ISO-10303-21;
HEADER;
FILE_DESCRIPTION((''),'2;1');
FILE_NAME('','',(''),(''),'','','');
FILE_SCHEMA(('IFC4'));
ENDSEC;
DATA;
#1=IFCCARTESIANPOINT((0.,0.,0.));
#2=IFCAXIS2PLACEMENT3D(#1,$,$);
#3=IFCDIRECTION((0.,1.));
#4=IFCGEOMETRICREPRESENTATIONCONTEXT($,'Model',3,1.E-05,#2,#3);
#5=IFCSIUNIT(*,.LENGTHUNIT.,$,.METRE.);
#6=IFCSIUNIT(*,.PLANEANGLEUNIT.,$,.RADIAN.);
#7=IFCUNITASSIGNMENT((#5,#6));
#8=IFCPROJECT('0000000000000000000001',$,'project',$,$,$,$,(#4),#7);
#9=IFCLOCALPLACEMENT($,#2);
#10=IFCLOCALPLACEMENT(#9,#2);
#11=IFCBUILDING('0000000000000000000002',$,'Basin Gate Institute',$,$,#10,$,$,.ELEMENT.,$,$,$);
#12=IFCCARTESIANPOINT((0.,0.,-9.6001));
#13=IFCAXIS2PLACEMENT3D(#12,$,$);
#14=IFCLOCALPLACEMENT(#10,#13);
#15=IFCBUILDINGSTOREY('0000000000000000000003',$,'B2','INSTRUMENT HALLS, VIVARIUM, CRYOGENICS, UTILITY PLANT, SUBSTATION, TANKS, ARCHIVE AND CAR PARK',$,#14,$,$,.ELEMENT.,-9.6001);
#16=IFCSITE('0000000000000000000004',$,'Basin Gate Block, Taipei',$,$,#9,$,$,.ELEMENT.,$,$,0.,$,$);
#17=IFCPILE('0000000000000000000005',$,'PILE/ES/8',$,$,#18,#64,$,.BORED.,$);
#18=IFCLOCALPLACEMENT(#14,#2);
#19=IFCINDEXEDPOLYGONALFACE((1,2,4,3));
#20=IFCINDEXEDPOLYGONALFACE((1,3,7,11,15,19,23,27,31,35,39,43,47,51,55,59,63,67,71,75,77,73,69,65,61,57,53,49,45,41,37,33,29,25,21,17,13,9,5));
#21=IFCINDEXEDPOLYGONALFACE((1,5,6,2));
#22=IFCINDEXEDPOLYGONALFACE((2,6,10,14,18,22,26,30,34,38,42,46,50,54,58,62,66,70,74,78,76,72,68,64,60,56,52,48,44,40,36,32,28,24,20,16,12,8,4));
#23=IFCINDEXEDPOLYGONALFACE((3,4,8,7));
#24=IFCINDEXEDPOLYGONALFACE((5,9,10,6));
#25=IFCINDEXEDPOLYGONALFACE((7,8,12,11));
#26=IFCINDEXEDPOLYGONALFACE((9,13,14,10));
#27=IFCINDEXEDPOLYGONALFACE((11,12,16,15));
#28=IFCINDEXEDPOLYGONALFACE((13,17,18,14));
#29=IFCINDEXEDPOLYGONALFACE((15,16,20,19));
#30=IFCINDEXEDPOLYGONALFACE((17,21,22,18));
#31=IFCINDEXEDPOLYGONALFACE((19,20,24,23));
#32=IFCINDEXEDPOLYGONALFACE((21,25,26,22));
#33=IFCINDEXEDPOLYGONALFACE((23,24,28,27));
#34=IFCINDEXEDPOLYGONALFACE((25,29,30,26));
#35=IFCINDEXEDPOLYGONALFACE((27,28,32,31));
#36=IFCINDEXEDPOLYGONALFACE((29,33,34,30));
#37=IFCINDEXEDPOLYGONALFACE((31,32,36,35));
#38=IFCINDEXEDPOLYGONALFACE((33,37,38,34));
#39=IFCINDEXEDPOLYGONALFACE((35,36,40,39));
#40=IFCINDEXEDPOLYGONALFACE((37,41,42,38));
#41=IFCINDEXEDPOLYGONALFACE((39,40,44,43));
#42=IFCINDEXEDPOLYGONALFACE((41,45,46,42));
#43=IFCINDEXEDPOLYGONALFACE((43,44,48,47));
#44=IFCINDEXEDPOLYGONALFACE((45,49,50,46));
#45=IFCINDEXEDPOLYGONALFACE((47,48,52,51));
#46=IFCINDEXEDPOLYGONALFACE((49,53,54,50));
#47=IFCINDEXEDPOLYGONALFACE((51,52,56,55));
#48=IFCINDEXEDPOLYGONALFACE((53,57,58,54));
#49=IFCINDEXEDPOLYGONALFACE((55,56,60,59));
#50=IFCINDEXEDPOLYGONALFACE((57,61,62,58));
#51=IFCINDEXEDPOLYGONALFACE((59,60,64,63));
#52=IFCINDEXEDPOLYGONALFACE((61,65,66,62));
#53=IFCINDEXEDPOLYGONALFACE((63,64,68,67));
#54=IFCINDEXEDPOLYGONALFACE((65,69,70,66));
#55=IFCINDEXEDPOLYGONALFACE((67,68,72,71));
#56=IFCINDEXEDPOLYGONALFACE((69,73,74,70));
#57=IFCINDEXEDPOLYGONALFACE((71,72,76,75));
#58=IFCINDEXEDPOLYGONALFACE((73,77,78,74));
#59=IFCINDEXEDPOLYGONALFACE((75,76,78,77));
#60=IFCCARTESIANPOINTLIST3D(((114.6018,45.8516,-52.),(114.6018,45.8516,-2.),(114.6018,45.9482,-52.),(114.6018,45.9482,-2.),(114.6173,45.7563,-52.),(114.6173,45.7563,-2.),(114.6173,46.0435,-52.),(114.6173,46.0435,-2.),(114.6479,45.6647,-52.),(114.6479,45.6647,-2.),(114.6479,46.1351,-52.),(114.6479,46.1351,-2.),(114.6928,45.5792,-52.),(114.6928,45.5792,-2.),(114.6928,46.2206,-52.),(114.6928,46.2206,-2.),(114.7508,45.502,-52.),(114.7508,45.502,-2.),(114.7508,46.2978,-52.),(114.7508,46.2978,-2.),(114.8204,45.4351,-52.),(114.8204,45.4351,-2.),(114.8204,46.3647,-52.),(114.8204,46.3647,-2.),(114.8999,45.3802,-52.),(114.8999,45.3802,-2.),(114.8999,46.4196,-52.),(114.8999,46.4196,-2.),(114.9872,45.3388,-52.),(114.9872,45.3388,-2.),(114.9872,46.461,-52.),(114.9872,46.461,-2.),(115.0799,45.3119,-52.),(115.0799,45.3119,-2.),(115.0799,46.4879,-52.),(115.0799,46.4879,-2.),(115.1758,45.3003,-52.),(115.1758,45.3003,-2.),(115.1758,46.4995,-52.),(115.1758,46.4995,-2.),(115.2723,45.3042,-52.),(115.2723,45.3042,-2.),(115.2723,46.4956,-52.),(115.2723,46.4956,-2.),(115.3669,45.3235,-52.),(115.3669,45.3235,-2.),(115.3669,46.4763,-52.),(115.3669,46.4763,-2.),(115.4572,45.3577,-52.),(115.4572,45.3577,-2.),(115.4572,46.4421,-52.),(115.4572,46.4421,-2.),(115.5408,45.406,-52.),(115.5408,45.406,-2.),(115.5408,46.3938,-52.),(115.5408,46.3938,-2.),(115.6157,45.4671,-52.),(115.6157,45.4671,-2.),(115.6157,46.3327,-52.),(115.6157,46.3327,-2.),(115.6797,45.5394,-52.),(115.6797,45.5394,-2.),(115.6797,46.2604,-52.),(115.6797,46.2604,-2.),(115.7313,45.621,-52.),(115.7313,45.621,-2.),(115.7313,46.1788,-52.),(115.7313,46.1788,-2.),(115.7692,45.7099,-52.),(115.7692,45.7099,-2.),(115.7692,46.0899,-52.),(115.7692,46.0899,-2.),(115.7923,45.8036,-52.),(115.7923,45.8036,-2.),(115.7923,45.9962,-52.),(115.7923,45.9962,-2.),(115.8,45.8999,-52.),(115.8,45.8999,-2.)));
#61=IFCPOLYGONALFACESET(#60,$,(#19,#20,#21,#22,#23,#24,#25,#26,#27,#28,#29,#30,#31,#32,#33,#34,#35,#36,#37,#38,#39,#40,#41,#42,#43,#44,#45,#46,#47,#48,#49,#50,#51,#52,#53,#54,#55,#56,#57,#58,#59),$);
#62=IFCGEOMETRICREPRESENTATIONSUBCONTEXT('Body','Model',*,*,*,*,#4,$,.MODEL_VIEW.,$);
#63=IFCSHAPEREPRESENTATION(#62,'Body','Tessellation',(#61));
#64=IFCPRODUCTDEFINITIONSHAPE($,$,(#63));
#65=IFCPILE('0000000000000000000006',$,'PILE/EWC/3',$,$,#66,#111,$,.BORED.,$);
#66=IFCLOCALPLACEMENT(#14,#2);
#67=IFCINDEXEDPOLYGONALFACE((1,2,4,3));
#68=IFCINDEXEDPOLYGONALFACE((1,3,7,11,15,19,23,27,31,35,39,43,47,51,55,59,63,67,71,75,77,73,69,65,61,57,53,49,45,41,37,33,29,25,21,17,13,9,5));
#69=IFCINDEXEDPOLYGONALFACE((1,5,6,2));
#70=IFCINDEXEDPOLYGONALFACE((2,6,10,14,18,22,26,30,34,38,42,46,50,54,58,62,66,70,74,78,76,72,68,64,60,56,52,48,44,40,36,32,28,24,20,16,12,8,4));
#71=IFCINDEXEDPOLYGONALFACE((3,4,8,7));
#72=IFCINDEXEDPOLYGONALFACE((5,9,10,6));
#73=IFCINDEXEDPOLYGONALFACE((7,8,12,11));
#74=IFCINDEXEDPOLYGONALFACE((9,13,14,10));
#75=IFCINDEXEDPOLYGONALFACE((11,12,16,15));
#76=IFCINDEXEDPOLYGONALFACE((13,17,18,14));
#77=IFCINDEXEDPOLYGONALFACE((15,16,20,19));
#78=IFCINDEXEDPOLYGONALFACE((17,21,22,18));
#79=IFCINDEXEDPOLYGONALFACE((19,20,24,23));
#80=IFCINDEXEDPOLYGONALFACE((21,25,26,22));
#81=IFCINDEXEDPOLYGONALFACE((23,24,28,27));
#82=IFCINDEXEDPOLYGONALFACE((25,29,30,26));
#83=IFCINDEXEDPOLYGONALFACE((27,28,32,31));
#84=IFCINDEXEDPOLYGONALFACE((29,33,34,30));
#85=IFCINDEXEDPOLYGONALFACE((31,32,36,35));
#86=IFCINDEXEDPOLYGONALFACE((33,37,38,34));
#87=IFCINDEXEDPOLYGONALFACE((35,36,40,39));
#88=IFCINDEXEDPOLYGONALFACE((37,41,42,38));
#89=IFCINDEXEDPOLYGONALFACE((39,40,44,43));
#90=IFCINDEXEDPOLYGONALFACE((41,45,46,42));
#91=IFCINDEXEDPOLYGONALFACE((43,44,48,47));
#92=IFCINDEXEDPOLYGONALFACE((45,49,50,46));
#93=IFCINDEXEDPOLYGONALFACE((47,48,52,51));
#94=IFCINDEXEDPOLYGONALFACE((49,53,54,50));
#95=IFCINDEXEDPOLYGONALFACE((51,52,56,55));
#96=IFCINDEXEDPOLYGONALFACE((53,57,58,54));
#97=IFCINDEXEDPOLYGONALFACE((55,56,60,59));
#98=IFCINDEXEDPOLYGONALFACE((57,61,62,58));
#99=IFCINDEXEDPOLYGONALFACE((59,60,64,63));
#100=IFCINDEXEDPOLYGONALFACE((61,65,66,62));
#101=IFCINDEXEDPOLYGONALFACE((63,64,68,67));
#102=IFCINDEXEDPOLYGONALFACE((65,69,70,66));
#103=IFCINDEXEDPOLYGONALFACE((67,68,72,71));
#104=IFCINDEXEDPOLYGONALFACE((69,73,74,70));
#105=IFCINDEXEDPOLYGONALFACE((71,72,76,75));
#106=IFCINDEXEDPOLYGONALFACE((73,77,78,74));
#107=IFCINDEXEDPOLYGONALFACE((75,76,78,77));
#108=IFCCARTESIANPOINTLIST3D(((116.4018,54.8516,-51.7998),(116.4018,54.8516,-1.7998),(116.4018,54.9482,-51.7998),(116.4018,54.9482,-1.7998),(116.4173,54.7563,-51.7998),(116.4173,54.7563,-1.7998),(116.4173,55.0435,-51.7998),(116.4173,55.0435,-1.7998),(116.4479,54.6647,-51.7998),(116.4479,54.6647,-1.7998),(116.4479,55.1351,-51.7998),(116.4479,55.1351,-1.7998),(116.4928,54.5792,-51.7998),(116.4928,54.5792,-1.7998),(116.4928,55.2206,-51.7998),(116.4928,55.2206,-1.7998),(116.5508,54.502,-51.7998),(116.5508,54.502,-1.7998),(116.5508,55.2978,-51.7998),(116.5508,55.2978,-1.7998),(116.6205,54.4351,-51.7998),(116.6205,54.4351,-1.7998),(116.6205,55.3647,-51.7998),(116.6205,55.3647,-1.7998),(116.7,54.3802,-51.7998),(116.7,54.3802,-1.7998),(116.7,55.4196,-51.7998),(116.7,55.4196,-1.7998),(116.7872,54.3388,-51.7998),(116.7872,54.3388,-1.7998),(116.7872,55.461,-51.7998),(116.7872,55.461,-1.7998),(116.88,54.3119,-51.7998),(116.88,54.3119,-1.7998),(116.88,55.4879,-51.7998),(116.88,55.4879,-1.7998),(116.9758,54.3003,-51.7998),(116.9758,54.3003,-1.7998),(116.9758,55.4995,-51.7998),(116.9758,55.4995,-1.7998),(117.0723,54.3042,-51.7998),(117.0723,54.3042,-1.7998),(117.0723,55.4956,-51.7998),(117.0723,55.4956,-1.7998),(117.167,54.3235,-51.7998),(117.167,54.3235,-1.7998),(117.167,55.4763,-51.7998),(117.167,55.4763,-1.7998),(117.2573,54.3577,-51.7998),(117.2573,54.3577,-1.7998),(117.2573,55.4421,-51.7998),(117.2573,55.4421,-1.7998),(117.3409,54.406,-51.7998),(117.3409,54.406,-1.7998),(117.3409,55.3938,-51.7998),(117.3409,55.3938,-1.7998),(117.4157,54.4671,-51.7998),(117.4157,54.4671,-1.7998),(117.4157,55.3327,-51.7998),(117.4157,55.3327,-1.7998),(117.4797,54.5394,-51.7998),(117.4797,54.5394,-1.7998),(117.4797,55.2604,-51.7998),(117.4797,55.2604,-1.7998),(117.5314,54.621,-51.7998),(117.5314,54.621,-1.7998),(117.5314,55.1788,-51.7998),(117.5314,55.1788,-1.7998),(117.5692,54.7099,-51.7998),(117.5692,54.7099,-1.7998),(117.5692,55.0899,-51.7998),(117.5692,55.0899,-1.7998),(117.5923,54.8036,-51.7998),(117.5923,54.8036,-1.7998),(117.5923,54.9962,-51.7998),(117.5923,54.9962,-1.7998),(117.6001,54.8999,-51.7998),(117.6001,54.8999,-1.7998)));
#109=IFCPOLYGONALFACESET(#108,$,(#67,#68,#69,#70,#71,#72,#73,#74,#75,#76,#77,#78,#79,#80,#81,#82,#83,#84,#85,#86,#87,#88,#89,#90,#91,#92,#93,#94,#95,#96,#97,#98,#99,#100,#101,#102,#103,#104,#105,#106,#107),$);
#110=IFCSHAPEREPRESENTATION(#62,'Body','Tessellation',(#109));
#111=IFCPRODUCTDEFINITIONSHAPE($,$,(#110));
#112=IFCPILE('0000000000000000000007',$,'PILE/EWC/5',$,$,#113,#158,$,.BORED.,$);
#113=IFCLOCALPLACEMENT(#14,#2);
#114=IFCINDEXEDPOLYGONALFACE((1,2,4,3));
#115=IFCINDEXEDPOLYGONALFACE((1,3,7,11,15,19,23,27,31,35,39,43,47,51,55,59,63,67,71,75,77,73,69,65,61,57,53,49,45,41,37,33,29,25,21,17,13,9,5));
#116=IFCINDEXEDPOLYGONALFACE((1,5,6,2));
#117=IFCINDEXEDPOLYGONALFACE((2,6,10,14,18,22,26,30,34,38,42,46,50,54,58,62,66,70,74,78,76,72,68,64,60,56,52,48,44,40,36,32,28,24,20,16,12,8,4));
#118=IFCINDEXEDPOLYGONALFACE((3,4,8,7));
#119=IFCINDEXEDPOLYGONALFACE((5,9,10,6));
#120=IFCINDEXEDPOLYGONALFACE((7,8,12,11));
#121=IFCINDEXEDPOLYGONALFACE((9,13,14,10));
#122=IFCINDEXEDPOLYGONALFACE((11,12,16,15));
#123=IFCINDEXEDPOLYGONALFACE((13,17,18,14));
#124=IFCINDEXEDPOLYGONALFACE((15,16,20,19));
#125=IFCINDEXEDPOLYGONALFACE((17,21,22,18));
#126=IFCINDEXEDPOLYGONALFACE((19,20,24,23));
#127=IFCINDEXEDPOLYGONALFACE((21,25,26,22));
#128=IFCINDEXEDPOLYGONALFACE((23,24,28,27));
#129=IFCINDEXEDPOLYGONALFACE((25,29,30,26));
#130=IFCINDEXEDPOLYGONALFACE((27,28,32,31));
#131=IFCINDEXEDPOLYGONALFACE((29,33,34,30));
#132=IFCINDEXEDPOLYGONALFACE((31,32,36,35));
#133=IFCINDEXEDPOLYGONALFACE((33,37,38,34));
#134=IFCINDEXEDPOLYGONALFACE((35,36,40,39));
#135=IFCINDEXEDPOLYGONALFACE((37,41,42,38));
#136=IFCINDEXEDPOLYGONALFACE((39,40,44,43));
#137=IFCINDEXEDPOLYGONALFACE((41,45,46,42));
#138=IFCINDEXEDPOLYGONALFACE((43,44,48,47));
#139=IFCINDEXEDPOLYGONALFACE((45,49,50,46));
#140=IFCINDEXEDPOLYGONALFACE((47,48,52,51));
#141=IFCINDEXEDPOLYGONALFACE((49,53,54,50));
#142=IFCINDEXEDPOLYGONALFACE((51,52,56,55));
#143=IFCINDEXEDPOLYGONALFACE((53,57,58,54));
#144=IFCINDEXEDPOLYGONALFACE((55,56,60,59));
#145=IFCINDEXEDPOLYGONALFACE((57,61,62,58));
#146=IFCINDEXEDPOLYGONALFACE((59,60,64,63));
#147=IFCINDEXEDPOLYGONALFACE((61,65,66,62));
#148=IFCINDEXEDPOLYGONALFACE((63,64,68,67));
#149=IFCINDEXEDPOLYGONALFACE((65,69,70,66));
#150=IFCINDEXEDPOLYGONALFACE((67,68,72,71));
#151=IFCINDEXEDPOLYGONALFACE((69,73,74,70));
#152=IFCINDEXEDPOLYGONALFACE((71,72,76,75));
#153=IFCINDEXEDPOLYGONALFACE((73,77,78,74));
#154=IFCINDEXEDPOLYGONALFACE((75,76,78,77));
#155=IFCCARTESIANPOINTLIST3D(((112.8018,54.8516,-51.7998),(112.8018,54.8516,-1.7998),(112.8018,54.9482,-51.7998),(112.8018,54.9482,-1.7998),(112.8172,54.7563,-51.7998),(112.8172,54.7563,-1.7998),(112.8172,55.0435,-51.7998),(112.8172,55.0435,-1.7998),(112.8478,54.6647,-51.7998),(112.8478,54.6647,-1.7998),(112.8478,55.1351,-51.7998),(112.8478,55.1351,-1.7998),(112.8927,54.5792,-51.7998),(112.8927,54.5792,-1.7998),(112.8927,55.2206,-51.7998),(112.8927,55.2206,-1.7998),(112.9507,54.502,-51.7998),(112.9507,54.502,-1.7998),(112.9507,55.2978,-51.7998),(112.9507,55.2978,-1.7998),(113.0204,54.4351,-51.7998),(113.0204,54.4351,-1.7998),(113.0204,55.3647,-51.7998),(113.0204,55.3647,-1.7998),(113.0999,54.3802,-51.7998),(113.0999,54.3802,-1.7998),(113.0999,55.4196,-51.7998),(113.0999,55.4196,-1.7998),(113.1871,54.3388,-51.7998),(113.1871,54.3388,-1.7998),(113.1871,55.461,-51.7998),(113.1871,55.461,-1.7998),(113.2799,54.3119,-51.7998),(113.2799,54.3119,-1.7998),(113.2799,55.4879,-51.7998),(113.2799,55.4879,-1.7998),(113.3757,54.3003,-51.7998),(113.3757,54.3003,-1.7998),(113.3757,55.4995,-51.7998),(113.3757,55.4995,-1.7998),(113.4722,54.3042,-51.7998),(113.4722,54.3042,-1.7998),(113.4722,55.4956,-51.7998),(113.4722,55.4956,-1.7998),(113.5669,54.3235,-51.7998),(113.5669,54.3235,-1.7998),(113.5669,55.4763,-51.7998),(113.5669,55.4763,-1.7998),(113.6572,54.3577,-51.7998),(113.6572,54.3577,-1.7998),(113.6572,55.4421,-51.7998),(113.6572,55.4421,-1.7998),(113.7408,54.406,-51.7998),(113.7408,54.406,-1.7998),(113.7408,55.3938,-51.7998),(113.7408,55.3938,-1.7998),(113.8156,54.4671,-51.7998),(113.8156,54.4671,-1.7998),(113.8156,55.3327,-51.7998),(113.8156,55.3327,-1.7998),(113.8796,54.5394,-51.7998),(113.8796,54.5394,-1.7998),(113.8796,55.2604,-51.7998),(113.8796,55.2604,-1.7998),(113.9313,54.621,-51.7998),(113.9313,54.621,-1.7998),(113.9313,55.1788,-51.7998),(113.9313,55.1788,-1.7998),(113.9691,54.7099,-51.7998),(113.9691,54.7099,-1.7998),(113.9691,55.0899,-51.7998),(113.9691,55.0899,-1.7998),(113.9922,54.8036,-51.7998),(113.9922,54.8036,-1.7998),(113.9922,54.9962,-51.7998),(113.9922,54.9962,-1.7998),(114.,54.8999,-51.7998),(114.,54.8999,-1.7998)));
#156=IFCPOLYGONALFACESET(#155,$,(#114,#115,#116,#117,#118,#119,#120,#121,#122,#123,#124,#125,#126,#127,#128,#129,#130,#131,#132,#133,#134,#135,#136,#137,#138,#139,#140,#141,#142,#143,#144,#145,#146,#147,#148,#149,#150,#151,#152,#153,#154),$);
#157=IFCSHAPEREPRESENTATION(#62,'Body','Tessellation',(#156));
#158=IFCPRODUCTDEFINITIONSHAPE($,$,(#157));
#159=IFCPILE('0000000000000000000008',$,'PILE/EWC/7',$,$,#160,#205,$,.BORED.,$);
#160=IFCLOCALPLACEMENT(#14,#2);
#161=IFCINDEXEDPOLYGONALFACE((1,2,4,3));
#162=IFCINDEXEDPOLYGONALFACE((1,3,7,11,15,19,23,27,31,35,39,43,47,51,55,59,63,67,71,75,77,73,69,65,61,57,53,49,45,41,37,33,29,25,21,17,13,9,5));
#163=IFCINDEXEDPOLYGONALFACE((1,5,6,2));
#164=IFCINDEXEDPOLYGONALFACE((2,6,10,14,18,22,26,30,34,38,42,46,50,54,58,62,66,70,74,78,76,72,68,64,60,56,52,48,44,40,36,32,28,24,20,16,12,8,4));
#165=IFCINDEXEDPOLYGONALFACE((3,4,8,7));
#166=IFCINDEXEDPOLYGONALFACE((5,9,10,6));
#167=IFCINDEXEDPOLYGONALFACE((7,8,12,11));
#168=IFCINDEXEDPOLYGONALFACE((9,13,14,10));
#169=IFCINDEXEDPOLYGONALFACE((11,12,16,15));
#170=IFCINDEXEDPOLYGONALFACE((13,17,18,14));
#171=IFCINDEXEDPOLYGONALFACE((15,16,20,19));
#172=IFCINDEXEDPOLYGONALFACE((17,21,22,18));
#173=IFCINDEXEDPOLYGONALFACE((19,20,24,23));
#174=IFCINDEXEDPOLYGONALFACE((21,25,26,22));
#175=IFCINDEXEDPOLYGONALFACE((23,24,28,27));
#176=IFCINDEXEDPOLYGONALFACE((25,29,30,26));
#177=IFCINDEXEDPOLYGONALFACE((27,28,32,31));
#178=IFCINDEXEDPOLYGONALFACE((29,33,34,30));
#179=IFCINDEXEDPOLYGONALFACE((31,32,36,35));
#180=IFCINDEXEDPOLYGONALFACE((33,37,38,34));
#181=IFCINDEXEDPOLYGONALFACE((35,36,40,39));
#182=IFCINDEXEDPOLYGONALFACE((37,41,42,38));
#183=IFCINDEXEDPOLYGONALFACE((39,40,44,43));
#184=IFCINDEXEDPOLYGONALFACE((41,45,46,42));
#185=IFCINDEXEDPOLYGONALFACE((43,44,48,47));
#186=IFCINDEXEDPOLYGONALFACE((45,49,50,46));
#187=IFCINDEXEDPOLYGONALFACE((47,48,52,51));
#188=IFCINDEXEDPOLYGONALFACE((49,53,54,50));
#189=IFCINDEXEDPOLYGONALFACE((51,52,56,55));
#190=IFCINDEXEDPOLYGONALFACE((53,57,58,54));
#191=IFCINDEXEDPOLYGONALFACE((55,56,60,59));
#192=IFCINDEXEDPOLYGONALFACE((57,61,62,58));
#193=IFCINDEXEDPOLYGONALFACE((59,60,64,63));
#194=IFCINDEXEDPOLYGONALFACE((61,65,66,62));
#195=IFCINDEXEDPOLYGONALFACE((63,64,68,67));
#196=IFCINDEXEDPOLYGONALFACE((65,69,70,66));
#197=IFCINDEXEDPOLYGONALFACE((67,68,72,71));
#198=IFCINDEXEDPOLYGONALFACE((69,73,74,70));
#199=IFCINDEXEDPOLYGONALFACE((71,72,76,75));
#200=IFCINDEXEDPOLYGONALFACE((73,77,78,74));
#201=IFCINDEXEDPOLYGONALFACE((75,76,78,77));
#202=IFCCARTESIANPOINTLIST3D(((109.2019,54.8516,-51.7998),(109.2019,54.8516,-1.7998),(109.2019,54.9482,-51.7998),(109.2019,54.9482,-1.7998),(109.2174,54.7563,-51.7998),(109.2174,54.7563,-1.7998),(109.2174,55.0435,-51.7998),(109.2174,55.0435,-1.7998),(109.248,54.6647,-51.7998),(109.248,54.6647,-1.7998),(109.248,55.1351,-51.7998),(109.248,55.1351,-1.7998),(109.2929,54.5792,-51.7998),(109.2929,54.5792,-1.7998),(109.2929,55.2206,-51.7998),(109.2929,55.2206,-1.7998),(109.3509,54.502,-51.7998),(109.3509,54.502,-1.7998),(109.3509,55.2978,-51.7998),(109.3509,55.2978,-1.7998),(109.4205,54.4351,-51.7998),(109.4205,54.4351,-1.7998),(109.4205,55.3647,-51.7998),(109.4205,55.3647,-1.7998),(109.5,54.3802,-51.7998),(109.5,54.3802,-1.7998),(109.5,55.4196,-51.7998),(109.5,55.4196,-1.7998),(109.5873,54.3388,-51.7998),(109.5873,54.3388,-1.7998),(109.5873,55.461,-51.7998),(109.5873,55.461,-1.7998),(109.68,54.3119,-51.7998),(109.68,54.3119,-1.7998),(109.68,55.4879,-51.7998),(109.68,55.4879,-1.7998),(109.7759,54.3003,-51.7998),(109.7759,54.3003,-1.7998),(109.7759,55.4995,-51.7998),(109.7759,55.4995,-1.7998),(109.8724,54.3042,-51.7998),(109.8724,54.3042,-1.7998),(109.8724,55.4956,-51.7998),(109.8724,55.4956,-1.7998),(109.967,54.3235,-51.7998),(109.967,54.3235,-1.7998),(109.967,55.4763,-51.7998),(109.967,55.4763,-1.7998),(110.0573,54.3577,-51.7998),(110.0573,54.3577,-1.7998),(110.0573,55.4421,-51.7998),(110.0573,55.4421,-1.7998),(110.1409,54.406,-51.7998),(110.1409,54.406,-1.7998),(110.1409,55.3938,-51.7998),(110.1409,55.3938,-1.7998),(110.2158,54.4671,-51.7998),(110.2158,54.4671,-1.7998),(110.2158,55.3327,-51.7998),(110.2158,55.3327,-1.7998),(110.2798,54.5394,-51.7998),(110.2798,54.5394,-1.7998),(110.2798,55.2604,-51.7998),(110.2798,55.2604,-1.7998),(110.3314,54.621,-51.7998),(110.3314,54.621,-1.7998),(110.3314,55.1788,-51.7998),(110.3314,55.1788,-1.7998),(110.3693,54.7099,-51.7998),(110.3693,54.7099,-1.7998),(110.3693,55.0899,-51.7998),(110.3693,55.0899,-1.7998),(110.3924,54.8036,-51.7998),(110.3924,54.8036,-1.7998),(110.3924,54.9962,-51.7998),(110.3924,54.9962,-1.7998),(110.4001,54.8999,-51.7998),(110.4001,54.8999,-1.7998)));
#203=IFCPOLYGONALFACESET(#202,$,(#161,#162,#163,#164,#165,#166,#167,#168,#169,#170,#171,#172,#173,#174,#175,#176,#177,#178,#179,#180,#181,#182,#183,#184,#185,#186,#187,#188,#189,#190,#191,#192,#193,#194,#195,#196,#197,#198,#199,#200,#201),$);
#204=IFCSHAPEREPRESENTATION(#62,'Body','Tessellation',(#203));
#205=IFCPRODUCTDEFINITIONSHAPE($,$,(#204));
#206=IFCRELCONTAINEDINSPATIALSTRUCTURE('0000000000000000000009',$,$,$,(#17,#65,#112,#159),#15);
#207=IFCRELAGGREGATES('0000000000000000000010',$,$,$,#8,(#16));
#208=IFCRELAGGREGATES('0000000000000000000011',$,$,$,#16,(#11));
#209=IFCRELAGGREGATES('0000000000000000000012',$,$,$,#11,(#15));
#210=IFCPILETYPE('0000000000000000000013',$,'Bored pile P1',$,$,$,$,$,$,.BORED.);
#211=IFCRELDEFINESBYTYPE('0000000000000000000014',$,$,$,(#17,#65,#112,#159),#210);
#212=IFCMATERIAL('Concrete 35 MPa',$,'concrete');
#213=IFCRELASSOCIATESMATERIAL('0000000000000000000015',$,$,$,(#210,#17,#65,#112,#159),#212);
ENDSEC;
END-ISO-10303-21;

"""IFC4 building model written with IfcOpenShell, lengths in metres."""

from ifc_helpers import new_model, si_unit, direction, frame, origin, origin_2d, place, context, subcontext, project, spatial, circle, extrude, material, material_profile, profile_set, type_object, element, save


model = new_model("IFC4")

# Units and contexts
model_context = context("Model", 3, precision=1e-05, world=origin(), true_north=direction((0.0, 1.0)))
body_context = subcontext(model_context, "Body", "Model", "MODEL_VIEW")
ifc_project = project(units=[si_unit("LENGTHUNIT", "METRE"), si_unit("PLANEANGLEUNIT", "RADIAN")], contexts=[model_context])

# Site, building, storey
site_placement = place(None, origin())
site = spatial("IfcSite", under=ifc_project, at=site_placement, Name="Basin Gate Block, Taipei", CompositionType="ELEMENT", RefElevation=0.0)
building_placement = place(site_placement, origin())
building = spatial("IfcBuilding", under=site, at=building_placement, Name="Basin Gate Institute", CompositionType="ELEMENT")
storey_placement = place(building_placement, frame((0.0, 0.0, -9.6001)))
storey = spatial("IfcBuildingStorey", under=building, at=storey_placement, Name="B2", Description="INSTRUMENT HALLS, VIVARIUM, CRYOGENICS, UTILITY PLANT, SUBSTATION, TANKS, ARCHIVE AND CAR PARK", CompositionType="ELEMENT", Elevation=-9.6001)

# Piles
ifc_material_1 = material(Name="Concrete 35 MPa", Category="concrete")
ifc_material_profile_1 = material_profile(ifc_material_1, circle(Radius=0.6001, at=origin_2d()), Name="Bored pile P1 1200 dia")
ifc_profile_set_1 = profile_set([ifc_material_profile_1], Name="Concrete 35 MPa")
pile_type = type_object("IfcPileType", Name="Bored pile P1", PredefinedType="BORED", material=ifc_profile_set_1)
for number, where, z_axis, x_axis, name in (
    (1, (115.2, 45.8999, -2.0), (0.0, 0.0, -1.0), (1.0, 0.0, 0.0), "PILE/ES/8"),
    (2, (117.0, 54.8999, -1.7998), (0.0, 0.0, -1.0), (1.0, 0.0, 0.0), "PILE/EWC/3"),
    (3, (113.3999, 54.8999, -1.7998), (0.0, 0.0, -1.0), (1.0, 0.0, 0.0), "PILE/EWC/5"),
    (4, (109.8, 54.8999, -1.7998), (0.0, 0.0, -1.0), (1.0, 0.0, 0.0), "PILE/EWC/7"),
):
    element("IfcPile", number, at=place(storey_placement, frame(where, z_axis=z_axis, x_axis=x_axis)), inside=storey, type_object=pile_type, material=ifc_profile_set_1, Name=name, PredefinedType="BORED", context=body_context, shape_type="SweptSolid", body=[
        extrude(circle(Radius=0.6001, at=origin_2d()), origin(), (0.0, 0.0, 1.0), 50.0),
    ])

save(model, "model.ifc")
